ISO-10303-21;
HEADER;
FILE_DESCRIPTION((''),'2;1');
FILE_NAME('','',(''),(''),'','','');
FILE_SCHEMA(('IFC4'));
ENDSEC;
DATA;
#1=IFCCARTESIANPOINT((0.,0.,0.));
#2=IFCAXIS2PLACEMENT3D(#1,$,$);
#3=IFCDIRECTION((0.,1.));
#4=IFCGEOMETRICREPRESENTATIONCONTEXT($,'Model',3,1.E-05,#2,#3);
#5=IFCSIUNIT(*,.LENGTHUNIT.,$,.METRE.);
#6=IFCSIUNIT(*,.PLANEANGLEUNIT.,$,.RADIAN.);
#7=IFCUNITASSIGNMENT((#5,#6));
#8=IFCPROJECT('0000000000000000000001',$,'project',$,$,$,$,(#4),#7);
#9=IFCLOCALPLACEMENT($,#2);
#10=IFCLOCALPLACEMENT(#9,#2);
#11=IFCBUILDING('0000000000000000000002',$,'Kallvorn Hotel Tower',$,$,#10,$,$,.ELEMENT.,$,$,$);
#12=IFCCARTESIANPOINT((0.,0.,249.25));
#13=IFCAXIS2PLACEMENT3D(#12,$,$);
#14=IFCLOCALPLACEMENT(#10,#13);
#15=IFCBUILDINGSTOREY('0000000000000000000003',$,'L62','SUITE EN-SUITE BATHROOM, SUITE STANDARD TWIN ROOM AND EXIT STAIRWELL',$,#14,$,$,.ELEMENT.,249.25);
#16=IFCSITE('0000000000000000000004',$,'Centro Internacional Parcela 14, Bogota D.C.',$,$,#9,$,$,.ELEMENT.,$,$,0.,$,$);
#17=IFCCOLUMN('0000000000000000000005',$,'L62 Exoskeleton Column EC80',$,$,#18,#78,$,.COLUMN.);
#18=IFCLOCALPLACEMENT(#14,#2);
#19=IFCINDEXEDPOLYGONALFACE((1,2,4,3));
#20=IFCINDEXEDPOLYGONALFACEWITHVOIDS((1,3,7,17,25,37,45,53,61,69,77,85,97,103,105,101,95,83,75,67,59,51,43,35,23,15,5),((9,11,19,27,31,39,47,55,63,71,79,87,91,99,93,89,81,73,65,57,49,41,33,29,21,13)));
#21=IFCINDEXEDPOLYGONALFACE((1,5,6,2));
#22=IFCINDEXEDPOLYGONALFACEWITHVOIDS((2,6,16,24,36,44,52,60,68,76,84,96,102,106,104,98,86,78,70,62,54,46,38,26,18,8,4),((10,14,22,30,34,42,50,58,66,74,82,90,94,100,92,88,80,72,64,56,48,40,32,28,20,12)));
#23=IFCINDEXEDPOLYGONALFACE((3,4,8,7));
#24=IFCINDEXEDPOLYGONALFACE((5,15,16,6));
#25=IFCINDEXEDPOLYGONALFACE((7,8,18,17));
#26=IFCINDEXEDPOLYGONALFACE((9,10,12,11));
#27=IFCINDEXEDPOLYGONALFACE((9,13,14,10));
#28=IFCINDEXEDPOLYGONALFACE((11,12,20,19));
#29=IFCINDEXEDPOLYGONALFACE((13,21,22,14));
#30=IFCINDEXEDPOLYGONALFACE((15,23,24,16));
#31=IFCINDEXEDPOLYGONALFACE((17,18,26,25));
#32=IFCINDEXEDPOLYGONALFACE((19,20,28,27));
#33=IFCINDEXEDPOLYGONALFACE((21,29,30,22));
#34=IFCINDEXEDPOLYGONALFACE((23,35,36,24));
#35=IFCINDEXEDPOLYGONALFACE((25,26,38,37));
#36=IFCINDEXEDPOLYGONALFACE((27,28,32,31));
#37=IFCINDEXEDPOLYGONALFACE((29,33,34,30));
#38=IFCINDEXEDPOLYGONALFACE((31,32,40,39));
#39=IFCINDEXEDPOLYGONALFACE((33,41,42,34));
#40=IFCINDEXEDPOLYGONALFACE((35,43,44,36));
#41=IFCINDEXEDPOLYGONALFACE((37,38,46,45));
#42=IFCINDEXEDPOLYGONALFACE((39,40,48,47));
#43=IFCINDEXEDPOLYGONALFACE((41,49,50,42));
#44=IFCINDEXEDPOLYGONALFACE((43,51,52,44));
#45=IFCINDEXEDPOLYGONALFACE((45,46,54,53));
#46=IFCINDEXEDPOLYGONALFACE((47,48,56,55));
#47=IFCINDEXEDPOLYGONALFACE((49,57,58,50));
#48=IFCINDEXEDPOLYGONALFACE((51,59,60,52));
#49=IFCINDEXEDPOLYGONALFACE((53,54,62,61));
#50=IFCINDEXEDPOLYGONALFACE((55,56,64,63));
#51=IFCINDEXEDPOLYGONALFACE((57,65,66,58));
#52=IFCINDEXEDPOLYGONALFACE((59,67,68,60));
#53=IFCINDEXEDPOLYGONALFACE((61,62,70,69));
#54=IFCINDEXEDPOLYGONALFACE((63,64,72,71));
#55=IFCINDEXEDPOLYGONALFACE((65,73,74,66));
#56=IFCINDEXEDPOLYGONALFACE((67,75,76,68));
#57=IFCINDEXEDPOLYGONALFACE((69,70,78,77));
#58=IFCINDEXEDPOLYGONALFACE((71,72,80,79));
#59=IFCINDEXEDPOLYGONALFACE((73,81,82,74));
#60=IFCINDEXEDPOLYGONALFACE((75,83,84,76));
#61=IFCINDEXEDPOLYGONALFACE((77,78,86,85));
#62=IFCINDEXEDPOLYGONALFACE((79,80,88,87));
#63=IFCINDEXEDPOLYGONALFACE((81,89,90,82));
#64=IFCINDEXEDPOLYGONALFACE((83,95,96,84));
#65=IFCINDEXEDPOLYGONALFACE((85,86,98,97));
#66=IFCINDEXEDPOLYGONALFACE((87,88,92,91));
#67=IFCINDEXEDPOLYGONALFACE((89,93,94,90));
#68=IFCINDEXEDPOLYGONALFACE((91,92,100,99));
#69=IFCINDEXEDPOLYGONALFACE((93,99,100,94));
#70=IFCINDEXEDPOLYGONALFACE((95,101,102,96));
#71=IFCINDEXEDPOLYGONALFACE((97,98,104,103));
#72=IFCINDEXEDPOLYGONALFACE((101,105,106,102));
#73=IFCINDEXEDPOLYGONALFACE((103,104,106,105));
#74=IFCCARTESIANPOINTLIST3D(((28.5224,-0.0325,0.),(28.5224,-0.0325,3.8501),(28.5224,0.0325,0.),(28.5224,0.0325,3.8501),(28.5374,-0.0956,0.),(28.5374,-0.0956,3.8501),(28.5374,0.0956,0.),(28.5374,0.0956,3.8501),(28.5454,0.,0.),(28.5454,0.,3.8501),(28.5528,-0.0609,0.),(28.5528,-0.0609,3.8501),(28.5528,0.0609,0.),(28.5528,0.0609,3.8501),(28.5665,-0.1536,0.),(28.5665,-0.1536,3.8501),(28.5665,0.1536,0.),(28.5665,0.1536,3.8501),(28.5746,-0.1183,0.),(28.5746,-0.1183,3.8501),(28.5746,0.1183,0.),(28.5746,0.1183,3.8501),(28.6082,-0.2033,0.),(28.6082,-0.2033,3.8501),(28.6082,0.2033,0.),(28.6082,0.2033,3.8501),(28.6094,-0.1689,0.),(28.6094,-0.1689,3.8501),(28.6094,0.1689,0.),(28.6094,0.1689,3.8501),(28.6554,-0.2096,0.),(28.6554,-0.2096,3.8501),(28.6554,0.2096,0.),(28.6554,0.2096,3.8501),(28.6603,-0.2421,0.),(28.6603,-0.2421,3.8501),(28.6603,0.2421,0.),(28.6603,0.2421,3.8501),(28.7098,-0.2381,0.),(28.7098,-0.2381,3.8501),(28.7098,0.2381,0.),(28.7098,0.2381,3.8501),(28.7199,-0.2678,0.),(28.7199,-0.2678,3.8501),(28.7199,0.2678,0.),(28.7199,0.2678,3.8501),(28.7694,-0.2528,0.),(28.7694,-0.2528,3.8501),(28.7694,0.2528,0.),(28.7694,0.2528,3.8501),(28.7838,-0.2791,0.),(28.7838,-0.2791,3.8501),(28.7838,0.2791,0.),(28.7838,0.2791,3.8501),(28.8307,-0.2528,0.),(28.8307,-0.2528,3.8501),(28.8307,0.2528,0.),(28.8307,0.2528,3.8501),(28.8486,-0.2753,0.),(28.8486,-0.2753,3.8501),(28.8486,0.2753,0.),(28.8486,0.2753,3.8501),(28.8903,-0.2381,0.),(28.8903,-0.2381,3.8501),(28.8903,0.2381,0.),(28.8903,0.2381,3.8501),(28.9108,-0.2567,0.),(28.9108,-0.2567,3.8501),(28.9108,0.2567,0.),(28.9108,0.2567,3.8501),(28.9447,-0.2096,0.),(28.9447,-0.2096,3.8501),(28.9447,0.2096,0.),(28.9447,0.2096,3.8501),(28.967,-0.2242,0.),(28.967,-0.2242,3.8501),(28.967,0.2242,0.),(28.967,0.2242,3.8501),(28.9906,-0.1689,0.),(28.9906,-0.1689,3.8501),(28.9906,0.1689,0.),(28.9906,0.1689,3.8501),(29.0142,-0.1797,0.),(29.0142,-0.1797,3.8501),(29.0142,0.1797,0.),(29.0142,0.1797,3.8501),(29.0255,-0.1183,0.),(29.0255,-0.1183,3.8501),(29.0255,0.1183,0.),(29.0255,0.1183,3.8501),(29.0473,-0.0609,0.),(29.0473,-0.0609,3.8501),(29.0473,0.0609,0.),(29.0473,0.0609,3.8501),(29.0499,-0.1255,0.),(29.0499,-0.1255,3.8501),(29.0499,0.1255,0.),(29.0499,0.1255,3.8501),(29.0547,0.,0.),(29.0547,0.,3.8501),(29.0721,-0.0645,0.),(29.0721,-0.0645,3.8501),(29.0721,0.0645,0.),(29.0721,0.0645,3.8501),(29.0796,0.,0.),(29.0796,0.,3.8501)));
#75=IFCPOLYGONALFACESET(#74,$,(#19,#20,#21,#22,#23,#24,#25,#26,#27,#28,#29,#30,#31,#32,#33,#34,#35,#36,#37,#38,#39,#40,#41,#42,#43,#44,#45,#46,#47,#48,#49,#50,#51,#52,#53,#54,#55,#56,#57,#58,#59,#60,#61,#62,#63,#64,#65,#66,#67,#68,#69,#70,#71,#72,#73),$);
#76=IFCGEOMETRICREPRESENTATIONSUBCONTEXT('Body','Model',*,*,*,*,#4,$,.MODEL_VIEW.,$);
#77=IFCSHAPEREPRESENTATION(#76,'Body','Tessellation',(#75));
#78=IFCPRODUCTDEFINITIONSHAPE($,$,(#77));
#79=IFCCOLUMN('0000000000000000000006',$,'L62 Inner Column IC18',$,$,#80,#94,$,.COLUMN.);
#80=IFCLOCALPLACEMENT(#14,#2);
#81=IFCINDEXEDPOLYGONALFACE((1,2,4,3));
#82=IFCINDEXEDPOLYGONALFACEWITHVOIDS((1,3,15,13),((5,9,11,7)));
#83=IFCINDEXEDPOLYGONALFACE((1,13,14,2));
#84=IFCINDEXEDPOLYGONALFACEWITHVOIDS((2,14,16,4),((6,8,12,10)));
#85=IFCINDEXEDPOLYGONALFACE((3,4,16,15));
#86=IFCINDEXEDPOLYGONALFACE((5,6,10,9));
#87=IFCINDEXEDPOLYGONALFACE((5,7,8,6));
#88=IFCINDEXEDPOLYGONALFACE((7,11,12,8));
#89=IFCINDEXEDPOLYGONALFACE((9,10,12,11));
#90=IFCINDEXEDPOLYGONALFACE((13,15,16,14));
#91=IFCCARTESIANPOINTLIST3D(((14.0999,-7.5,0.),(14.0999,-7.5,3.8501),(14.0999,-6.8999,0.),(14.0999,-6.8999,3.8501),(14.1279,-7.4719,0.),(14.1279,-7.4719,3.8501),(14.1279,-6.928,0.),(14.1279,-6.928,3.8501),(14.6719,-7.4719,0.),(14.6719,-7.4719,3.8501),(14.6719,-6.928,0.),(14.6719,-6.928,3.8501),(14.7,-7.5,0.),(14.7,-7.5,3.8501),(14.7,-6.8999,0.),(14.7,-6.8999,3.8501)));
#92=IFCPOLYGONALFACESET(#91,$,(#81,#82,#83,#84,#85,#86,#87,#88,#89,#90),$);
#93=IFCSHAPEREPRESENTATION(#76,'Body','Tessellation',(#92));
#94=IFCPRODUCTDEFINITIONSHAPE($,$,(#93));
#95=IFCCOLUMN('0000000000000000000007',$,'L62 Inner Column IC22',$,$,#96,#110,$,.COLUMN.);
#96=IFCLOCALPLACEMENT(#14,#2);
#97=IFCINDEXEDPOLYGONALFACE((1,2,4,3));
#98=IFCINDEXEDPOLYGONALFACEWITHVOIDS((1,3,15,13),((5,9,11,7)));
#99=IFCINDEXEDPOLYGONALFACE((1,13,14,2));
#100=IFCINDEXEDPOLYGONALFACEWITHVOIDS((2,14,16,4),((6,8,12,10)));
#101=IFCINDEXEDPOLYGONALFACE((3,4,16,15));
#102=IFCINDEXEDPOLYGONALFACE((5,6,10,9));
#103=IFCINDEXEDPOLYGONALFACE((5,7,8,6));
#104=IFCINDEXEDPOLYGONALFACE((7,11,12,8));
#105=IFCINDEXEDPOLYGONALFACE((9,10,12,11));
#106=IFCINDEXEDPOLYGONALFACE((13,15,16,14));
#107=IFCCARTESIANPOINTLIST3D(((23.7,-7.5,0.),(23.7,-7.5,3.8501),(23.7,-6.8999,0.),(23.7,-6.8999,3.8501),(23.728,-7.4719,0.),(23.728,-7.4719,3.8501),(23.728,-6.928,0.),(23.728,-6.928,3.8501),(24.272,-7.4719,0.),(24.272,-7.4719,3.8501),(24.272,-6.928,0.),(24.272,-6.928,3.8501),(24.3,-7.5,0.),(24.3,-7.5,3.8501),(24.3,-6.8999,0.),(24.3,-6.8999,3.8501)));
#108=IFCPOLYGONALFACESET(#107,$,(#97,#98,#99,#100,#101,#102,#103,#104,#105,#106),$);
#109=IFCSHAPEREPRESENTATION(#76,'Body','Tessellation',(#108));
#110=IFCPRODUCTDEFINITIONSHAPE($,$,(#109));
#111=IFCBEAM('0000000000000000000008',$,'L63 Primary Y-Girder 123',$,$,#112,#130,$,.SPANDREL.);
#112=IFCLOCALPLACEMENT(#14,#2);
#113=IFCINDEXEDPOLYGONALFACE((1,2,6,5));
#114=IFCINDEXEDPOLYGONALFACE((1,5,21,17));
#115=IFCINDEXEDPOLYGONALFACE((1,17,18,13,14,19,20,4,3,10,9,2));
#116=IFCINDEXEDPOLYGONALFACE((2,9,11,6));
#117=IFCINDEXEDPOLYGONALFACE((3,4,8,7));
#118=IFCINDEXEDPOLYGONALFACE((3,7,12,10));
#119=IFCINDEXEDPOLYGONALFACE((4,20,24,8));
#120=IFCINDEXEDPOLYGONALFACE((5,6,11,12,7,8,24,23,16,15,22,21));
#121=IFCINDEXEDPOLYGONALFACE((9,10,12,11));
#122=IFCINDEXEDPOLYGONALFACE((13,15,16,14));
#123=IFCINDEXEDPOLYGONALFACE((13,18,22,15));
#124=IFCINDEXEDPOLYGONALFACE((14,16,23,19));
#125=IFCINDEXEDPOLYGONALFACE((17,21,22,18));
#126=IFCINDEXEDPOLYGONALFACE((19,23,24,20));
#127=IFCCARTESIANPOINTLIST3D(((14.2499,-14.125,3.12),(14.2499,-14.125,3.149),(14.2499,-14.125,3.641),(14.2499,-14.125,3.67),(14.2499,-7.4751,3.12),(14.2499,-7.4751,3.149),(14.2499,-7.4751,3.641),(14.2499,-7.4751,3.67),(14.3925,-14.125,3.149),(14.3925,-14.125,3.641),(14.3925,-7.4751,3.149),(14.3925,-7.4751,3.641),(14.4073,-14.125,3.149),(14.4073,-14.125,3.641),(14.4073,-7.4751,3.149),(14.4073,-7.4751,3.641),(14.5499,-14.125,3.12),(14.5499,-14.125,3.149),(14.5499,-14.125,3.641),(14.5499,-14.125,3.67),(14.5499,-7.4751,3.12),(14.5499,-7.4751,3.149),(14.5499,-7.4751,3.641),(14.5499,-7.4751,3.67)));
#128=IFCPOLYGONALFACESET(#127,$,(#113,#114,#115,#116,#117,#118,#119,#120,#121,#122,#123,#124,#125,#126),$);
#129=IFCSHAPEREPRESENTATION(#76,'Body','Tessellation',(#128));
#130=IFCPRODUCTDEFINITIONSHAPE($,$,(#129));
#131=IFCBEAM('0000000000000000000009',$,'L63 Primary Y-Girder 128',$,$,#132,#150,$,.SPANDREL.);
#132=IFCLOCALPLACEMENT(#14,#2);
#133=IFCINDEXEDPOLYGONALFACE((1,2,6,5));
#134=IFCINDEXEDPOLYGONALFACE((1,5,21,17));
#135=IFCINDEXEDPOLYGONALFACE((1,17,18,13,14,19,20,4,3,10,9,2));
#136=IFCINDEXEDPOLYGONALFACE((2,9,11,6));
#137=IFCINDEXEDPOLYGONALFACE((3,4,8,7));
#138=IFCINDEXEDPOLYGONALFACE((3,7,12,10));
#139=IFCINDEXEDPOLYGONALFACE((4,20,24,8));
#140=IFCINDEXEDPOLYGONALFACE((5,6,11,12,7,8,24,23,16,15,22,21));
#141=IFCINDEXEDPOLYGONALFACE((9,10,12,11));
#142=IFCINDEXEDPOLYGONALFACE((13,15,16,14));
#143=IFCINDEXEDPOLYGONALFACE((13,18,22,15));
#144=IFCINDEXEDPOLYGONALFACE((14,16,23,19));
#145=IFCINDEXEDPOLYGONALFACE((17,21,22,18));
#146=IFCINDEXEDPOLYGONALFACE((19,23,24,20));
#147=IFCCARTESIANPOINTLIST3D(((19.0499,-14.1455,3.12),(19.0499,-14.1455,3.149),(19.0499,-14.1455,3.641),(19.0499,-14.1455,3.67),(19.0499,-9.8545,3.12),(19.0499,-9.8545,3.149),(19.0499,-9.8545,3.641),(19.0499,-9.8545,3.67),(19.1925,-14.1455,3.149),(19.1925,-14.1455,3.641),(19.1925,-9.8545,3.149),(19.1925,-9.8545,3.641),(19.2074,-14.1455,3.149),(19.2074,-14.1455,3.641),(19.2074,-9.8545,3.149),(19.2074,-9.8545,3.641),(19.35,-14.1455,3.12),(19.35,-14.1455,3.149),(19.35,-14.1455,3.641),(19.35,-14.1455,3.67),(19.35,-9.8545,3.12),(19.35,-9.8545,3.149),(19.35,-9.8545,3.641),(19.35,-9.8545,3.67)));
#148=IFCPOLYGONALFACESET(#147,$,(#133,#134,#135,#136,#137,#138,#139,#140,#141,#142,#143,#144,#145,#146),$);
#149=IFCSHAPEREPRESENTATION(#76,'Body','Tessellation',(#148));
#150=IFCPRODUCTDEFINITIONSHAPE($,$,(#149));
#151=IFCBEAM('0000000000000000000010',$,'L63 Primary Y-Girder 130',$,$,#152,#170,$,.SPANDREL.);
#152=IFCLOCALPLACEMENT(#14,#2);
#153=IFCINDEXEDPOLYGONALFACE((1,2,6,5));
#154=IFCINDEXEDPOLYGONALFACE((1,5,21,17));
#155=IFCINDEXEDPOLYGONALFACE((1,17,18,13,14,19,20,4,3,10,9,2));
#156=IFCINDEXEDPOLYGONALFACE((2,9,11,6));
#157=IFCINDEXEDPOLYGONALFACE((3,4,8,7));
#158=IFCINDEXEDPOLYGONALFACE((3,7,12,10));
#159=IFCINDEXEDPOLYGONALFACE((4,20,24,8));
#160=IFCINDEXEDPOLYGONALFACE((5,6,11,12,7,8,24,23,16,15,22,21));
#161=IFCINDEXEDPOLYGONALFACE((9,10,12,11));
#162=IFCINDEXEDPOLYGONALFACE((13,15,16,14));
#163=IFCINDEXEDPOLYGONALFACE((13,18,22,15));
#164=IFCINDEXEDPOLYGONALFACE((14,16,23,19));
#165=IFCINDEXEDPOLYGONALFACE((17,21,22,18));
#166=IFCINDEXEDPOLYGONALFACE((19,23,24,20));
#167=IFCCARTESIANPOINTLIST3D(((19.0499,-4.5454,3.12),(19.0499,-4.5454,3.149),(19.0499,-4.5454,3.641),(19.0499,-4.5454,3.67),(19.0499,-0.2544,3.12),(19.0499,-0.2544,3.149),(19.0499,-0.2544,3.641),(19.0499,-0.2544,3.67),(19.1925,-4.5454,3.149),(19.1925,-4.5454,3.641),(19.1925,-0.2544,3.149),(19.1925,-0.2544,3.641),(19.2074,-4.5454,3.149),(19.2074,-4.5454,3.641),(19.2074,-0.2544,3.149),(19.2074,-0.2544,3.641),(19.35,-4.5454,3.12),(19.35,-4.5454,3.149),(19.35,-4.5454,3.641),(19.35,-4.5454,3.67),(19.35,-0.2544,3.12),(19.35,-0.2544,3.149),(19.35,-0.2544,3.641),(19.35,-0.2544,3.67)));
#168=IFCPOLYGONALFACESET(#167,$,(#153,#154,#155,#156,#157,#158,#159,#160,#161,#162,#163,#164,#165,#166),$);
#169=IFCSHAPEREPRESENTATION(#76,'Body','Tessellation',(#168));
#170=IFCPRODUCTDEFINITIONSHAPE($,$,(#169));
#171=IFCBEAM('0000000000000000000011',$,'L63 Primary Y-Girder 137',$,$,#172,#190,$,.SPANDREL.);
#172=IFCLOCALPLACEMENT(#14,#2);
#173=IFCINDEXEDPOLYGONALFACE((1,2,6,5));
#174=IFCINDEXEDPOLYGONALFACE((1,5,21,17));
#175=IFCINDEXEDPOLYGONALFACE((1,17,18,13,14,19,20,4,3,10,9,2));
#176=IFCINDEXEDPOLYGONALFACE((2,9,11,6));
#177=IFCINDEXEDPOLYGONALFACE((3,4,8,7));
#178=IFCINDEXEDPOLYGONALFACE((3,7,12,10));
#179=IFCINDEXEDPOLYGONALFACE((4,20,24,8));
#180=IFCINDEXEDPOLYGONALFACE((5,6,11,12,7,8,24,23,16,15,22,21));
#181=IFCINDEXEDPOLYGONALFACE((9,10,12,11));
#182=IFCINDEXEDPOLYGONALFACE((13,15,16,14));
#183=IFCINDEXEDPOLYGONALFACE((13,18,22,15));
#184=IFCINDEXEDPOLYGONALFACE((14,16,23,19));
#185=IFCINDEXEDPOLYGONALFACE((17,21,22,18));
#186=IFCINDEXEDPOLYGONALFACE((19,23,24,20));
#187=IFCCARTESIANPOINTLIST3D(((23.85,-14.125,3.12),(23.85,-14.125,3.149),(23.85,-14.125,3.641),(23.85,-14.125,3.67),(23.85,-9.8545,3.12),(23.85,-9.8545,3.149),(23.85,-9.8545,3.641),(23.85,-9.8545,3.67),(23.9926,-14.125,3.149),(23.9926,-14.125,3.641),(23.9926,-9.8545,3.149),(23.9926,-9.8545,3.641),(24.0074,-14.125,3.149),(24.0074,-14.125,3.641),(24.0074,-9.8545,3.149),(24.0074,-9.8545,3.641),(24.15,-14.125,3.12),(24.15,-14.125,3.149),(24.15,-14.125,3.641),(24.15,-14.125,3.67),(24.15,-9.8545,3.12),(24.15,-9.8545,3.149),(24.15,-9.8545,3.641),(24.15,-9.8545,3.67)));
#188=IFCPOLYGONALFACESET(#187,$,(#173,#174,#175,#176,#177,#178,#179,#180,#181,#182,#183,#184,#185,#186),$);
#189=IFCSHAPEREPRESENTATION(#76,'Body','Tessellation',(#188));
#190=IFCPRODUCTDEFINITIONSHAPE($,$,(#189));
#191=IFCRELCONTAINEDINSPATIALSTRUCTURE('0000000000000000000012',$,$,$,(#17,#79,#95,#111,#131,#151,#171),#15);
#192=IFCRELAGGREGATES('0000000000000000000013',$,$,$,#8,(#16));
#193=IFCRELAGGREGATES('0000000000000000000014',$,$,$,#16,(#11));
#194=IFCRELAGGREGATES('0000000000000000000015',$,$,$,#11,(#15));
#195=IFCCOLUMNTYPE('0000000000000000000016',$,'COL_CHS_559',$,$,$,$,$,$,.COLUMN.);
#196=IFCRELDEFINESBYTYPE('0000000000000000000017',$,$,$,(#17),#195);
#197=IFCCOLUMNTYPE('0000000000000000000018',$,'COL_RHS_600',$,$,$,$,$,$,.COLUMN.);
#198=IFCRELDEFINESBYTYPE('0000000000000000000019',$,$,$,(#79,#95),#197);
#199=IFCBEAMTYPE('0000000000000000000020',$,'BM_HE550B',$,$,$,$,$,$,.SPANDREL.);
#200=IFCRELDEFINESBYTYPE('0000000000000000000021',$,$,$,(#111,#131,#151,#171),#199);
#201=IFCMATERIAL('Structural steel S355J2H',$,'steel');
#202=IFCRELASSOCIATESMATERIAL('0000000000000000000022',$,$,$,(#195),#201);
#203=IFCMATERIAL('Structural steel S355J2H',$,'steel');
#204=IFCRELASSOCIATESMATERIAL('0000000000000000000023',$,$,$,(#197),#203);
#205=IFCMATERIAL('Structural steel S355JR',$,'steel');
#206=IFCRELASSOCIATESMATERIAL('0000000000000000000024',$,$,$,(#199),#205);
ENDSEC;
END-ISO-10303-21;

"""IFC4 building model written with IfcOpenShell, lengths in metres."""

from ifc_helpers import new_model, si_unit, direction, frame, origin, origin_2d, place, context, subcontext, project, spatial, hollow_rectangle, hollow_circle, i_section, extrude, material, material_profile, profile_set, type_object, element, save


model = new_model("IFC4")

# Units and contexts
model_context = context("Model", 3, precision=1e-05, world=origin(), true_north=direction((0.0, 1.0)))
body_context = subcontext(model_context, "Body", "Model", "MODEL_VIEW")
ifc_project = project(units=[si_unit("LENGTHUNIT", "METRE"), si_unit("PLANEANGLEUNIT", "RADIAN")], contexts=[model_context])

# Site, building, storey
site_placement = place(None, origin())
site = spatial("IfcSite", under=ifc_project, at=site_placement, Name="Centro Internacional Parcela 14, Bogota D.C.", CompositionType="ELEMENT", RefElevation=0.0)
building_placement = place(site_placement, origin())
building = spatial("IfcBuilding", under=site, at=building_placement, Name="Kallvorn Hotel Tower", CompositionType="ELEMENT")
storey_placement = place(building_placement, frame((0.0, 0.0, 249.25)))
storey = spatial("IfcBuildingStorey", under=building, at=storey_placement, Name="L62", Description="SUITE EN-SUITE BATHROOM, SUITE STANDARD TWIN ROOM AND EXIT STAIRWELL", CompositionType="ELEMENT", Elevation=249.25)

# Columns
ifc_material_1 = material(Name="Structural steel S355J2H", Category="steel")
ifc_material_profile_1 = material_profile(ifc_material_1, hollow_circle(Radius=0.2795, WallThickness=0.0249, at=origin_2d()), Name="CHS 559x25")
ifc_profile_set_1 = profile_set([ifc_material_profile_1], Name="Structural steel S355J2H")
column_type_1 = type_object("IfcColumnType", Name="COL_CHS_559", PredefinedType="COLUMN", material=ifc_profile_set_1)
for number, where, z_axis, x_axis, name in (
    (1, (28.8, 0.0, 0.0), (0.0, 0.0, 1.0), (1.0, 0.0, 0.0), "L62 Exoskeleton Column EC80"),
):
    element("IfcColumn", number, at=place(storey_placement, frame(where, z_axis=z_axis, x_axis=x_axis)), inside=storey, type_object=column_type_1, Name=name, PredefinedType="COLUMN", context=body_context, shape_type="SweptSolid", body=[
        extrude(hollow_circle(Radius=0.2795, WallThickness=0.0249, at=origin_2d()), origin(), (0.0, 0.0, 1.0), 3.8501),
    ])
ifc_material_2 = material(Name="Structural steel S355J2H", Category="steel")
ifc_material_profile_2 = material_profile(ifc_material_2, hollow_rectangle(XDim=0.6001, YDim=0.6001, WallThickness=0.0281, at=origin_2d()), Name="RHS 600x600x28")
ifc_profile_set_2 = profile_set([ifc_material_profile_2], Name="Structural steel S355J2H")
column_type_2 = type_object("IfcColumnType", Name="COL_RHS_600", PredefinedType="COLUMN", material=ifc_profile_set_2)
for number, where, z_axis, x_axis, name in (
    (2, (14.3999, -7.2, 0.0), (0.0, 0.0, 1.0), (1.0, 0.0, 0.0), "L62 Inner Column IC18"),
    (3, (24.0, -7.2, 0.0), (0.0, 0.0, 1.0), (1.0, 0.0, 0.0), "L62 Inner Column IC22"),
):
    element("IfcColumn", number, at=place(storey_placement, frame(where, z_axis=z_axis, x_axis=x_axis)), inside=storey, type_object=column_type_2, Name=name, PredefinedType="COLUMN", context=body_context, shape_type="SweptSolid", body=[
        extrude(hollow_rectangle(XDim=0.6001, YDim=0.6001, WallThickness=0.0281, at=origin_2d()), origin(), (0.0, 0.0, 1.0), 3.8501),
    ])

# Beams
ifc_material_3 = material(Name="Structural steel S355JR", Category="steel")
ifc_material_profile_3 = material_profile(ifc_material_3, i_section(OverallWidth=0.3, OverallDepth=0.55, WebThickness=0.0149, FlangeThickness=0.0291, at=origin_2d()), Name="HE 550 B")
ifc_profile_set_3 = profile_set([ifc_material_profile_3], Name="Structural steel S355JR")
beam_type_1 = type_object("IfcBeamType", Name="BM_HE550B", PredefinedType="SPANDREL", material=ifc_profile_set_3)
beam_1_placement = place(storey_placement, frame((14.3999, -14.125, 3.395), z_axis=(0.0, 1.0, 0.0), x_axis=(-1.0, 0.0, 0.0)))
element("IfcBeam", 4, at=beam_1_placement, inside=storey, type_object=beam_type_1, Name="L63 Primary Y-Girder 123", PredefinedType="SPANDREL", context=body_context, shape_type="SweptSolid", body=[
    extrude(i_section(OverallWidth=0.3, OverallDepth=0.55, WebThickness=0.0149, FlangeThickness=0.0291, at=origin_2d()), origin(), (0.0, 0.0, 1.0), 6.6499),
])
for number, where, z_axis, x_axis, name in (
    (5, (19.2, -14.1455, 3.395), (0.0, 1.0, 0.0), (-1.0, 0.0, 0.0), "L63 Primary Y-Girder 128"),
    (6, (19.2, -4.5454, 3.395), (0.0, 1.0, 0.0), (-1.0, 0.0, 0.0), "L63 Primary Y-Girder 130"),
):
    element("IfcBeam", number, at=place(storey_placement, frame(where, z_axis=z_axis, x_axis=x_axis)), inside=storey, type_object=beam_type_1, Name=name, PredefinedType="SPANDREL", context=body_context, shape_type="SweptSolid", body=[
        extrude(i_section(OverallWidth=0.3, OverallDepth=0.55, WebThickness=0.0149, FlangeThickness=0.0291, at=origin_2d()), origin(), (0.0, 0.0, 1.0), 4.291),
    ])
beam_2_placement = place(storey_placement, frame((24.0, -14.125, 3.395), z_axis=(0.0, 1.0, 0.0), x_axis=(-1.0, 0.0, 0.0)))
element("IfcBeam", 7, at=beam_2_placement, inside=storey, type_object=beam_type_1, Name="L63 Primary Y-Girder 137", PredefinedType="SPANDREL", context=body_context, shape_type="SweptSolid", body=[
    extrude(i_section(OverallWidth=0.3, OverallDepth=0.55, WebThickness=0.0149, FlangeThickness=0.0291, at=origin_2d()), origin(), (0.0, 0.0, 1.0), 4.2705),
])

save(model, "model.ifc")
